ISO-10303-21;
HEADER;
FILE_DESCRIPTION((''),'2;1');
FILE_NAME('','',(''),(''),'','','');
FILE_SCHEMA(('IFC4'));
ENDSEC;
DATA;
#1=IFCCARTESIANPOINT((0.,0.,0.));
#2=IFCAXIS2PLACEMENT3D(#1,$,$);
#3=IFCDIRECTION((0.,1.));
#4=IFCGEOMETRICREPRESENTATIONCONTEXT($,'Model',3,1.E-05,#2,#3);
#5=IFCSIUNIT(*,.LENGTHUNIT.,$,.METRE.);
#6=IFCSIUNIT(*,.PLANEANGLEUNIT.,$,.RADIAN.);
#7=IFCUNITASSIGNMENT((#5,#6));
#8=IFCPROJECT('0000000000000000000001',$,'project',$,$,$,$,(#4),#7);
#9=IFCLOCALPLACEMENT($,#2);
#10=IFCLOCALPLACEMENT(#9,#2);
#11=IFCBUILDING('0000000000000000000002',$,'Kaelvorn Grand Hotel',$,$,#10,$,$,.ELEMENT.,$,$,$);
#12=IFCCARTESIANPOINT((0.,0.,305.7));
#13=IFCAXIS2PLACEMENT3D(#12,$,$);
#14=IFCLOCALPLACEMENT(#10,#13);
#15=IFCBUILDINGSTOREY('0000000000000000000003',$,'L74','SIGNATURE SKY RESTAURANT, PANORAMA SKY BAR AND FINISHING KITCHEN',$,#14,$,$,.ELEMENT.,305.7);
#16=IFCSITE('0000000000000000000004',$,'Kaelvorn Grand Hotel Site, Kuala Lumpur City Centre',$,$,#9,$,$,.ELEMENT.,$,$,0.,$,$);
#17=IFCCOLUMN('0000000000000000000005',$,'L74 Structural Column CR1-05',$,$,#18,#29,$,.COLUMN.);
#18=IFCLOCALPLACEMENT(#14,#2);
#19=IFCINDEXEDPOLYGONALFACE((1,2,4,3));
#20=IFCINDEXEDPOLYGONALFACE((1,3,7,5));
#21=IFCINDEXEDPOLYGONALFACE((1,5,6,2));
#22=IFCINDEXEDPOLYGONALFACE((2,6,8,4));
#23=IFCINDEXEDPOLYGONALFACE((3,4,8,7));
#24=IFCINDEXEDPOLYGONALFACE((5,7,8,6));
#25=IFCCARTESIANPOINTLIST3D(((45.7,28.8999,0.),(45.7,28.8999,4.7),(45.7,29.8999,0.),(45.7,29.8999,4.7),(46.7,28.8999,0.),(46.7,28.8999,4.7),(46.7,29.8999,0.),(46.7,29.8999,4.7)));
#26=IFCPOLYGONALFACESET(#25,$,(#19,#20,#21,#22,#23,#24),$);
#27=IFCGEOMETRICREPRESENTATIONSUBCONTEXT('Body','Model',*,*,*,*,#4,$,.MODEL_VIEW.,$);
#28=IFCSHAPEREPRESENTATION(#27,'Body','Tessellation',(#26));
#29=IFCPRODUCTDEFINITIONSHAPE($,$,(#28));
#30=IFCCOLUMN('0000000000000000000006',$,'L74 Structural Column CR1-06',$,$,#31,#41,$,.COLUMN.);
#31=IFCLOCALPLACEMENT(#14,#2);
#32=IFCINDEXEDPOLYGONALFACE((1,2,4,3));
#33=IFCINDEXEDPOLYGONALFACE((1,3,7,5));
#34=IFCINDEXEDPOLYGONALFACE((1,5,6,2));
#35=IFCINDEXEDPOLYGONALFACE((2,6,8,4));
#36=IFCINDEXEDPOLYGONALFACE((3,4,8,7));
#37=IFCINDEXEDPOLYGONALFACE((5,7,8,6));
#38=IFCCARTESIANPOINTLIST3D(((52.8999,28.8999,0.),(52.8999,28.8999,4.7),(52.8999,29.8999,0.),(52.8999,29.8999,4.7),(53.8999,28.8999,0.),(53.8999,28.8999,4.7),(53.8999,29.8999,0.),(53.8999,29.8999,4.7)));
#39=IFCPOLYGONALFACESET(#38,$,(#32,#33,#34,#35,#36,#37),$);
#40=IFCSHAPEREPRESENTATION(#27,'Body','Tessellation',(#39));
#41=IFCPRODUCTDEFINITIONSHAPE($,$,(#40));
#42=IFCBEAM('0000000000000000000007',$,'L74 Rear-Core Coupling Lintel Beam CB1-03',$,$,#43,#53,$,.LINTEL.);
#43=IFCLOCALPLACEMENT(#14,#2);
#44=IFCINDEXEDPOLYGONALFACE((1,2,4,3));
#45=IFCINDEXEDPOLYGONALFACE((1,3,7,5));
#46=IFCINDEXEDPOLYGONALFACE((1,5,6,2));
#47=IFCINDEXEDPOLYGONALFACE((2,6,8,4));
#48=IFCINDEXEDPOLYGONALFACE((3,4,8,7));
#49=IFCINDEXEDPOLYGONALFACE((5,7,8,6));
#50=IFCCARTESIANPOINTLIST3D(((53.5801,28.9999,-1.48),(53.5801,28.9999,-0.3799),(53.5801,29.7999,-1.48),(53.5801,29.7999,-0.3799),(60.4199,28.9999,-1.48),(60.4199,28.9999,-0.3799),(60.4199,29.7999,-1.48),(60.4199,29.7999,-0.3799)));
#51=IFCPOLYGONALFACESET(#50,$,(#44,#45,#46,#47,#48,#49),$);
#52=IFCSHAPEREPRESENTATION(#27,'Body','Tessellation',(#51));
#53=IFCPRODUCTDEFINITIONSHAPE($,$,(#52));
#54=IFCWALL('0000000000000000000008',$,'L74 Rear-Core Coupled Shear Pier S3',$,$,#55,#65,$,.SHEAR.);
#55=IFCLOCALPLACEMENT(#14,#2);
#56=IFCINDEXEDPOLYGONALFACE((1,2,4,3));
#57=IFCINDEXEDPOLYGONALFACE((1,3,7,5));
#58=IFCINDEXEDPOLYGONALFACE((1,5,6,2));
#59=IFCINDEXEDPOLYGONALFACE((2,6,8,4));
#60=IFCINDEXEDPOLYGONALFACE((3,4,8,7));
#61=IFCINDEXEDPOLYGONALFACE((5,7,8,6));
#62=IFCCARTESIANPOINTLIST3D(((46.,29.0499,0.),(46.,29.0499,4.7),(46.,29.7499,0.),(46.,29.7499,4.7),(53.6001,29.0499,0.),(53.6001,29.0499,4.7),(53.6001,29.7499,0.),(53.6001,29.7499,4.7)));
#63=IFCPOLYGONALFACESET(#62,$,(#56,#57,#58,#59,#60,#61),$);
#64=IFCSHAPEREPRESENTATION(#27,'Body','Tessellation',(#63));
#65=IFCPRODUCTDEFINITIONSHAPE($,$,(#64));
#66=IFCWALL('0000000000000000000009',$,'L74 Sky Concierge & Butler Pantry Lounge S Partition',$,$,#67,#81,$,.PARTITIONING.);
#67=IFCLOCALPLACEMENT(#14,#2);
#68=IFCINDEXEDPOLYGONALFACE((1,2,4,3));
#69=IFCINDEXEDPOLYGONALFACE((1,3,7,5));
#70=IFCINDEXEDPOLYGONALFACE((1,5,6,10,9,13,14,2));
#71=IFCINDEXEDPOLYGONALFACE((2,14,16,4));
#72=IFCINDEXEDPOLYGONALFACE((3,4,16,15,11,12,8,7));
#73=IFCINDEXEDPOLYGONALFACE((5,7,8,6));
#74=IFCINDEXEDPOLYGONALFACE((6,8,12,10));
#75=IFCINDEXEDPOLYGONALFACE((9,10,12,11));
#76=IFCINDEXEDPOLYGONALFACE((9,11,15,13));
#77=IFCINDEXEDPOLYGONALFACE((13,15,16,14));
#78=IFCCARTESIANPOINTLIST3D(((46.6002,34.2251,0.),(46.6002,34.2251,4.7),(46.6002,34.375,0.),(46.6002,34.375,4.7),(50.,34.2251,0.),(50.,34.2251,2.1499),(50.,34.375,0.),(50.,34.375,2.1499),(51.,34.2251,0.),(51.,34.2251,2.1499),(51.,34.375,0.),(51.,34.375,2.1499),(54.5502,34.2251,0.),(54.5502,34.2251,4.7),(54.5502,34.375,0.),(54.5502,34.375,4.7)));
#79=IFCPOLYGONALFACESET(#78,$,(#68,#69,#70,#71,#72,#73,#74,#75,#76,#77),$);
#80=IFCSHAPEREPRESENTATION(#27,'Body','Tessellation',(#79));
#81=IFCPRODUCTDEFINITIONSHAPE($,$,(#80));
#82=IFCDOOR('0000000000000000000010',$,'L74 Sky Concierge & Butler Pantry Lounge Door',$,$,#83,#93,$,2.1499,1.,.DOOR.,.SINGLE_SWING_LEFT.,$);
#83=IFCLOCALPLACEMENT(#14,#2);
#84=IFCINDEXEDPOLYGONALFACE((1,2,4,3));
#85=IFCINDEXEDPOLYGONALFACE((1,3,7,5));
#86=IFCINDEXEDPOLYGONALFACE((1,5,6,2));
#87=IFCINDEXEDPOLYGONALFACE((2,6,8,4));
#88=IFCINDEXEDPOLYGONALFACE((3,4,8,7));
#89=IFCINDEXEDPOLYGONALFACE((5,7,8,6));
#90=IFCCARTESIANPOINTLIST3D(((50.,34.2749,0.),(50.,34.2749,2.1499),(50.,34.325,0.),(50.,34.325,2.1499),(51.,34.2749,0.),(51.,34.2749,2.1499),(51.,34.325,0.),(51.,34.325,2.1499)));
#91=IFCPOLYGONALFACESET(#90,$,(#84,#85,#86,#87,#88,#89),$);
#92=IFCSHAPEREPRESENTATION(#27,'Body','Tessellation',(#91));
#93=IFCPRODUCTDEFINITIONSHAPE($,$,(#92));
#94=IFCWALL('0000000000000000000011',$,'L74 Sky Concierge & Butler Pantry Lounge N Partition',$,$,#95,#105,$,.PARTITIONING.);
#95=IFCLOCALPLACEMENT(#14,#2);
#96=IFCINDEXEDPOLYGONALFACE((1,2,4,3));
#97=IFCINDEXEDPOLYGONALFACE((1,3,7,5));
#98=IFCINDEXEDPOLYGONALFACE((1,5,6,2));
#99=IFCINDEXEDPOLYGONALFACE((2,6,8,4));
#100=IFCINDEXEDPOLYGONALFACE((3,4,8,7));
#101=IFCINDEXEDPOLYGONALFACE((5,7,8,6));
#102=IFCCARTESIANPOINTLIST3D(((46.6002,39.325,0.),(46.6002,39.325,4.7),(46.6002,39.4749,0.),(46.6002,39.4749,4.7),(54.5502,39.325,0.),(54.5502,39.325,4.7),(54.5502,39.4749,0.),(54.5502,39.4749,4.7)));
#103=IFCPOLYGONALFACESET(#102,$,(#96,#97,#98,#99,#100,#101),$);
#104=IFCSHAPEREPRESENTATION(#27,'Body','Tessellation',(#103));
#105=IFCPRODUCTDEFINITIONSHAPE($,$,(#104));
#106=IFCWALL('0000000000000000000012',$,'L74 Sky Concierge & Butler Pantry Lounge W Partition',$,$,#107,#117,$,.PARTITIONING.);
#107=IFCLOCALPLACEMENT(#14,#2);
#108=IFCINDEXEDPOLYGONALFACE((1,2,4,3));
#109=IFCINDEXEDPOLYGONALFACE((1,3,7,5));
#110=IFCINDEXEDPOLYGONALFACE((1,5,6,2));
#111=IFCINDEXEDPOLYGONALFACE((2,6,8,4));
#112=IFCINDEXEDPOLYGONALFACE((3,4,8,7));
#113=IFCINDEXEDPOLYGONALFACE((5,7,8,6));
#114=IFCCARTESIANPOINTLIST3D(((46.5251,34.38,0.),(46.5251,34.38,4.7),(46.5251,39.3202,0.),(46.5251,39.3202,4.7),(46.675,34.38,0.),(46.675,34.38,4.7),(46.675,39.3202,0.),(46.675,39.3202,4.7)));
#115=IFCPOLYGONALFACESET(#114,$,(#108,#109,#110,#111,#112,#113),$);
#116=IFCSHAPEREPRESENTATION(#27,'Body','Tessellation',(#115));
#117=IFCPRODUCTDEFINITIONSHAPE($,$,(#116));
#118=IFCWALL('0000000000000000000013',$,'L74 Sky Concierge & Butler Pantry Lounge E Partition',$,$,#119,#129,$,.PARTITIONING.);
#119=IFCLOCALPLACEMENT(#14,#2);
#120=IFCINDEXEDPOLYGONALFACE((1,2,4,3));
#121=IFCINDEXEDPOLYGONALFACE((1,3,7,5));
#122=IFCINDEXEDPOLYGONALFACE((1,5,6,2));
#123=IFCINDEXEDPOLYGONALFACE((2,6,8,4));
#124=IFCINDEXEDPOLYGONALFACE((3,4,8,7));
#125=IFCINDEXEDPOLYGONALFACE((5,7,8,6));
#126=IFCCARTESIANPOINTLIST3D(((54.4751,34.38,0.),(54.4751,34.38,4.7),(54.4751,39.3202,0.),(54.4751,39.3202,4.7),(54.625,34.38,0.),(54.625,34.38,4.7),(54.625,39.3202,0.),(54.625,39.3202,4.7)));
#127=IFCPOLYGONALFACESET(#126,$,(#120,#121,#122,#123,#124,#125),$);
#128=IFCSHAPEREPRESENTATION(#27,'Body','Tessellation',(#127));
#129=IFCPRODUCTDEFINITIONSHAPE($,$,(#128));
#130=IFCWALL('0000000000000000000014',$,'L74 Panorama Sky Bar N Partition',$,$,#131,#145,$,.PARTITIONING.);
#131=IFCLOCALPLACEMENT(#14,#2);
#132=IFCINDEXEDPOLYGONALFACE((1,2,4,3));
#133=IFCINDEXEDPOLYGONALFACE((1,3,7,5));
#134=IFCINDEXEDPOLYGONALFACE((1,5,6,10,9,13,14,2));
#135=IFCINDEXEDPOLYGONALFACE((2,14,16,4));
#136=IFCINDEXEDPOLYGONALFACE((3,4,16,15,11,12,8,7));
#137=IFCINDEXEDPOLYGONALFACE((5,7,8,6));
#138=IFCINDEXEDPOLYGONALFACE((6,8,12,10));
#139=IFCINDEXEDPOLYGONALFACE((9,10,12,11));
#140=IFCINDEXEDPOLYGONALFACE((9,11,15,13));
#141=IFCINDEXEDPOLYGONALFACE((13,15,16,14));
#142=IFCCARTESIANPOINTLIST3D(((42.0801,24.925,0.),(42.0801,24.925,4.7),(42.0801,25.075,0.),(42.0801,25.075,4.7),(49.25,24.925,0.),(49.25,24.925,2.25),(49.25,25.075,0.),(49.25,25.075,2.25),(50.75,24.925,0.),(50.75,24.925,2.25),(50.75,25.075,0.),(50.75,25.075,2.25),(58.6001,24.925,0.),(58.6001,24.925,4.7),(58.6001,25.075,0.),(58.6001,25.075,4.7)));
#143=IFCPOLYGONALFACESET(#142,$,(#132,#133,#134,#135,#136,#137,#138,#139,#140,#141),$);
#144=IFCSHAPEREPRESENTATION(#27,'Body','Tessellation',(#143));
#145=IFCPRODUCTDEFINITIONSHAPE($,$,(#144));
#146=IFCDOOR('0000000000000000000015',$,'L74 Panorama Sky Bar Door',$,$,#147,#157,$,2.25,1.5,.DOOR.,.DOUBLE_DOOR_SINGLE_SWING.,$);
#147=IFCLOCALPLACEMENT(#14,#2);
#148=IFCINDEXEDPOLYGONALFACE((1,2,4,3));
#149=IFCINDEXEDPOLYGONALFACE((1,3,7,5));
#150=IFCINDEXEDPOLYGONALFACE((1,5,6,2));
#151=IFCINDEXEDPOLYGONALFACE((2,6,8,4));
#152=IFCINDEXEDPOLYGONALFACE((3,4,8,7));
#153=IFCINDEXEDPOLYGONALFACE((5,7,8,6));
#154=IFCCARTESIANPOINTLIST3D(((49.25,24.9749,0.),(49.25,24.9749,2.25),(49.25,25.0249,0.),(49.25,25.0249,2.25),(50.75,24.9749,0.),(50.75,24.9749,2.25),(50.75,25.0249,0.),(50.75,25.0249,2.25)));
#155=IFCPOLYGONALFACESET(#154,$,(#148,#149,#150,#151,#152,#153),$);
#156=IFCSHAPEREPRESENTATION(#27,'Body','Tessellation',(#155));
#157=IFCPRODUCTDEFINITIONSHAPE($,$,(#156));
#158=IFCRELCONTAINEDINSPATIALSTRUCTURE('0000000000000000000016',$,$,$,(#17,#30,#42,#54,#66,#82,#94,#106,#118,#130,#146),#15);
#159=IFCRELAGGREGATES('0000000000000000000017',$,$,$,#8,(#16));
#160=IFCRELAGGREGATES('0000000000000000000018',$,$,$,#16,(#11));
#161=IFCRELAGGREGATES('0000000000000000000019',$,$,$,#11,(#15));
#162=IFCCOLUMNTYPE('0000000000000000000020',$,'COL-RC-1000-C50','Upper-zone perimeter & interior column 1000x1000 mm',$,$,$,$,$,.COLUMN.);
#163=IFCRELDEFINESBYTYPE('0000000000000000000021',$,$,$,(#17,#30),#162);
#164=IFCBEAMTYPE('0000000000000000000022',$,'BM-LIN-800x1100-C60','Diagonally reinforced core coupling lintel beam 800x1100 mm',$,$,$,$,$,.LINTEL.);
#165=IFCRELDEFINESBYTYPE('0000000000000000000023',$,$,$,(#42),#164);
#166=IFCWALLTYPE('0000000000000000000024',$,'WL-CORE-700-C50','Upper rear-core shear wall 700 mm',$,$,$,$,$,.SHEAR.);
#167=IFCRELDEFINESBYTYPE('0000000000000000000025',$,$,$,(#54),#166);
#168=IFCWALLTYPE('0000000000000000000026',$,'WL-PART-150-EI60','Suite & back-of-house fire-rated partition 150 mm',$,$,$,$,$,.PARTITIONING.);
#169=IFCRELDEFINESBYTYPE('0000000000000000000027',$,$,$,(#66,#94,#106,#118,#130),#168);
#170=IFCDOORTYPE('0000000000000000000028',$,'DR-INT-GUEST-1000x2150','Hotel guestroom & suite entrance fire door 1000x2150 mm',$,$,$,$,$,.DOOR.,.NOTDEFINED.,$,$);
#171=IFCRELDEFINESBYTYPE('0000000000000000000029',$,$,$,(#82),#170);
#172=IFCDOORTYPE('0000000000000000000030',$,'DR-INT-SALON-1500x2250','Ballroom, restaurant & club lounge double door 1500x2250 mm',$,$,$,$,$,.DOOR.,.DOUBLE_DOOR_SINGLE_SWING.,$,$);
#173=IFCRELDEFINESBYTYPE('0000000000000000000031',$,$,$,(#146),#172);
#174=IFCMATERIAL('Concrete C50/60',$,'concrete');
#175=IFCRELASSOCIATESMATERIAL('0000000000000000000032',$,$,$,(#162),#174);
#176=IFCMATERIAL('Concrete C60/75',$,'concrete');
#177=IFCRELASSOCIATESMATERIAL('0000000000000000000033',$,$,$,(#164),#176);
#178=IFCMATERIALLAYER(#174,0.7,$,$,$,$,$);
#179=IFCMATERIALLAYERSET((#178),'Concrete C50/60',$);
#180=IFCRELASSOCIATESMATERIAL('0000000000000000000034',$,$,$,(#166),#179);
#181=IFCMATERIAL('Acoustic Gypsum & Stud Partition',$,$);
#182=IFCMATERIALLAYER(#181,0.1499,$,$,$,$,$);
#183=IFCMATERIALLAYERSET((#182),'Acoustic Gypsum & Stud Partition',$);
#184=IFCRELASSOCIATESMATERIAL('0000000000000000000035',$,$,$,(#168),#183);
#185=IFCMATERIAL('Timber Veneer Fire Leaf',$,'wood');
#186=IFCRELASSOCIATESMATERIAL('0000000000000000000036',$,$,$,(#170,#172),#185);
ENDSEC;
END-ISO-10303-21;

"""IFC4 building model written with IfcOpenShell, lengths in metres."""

from ifc_helpers import new_model, si_unit, direction, frame, frame_2d, origin, origin_2d, place, context, subcontext, project, spatial, rectangle, extrude, material, layer, layer_set, material_profile, profile_set, type_object, element, fill, save


model = new_model("IFC4")

# Units and contexts
model_context = context("Model", 3, precision=1e-05, world=origin(), true_north=direction((0.0, 1.0)))
body_context = subcontext(model_context, "Body", "Model", "MODEL_VIEW")
ifc_project = project(units=[si_unit("LENGTHUNIT", "METRE"), si_unit("PLANEANGLEUNIT", "RADIAN")], contexts=[model_context])

# Site, building, storey
site_placement = place(None, origin())
site = spatial("IfcSite", under=ifc_project, at=site_placement, Name="Kaelvorn Grand Hotel Site, Kuala Lumpur City Centre", CompositionType="ELEMENT", RefElevation=0.0)
building_placement = place(site_placement, origin())
building = spatial("IfcBuilding", under=site, at=building_placement, Name="Kaelvorn Grand Hotel", CompositionType="ELEMENT")
storey_placement = place(building_placement, frame((0.0, 0.0, 305.7)))
storey = spatial("IfcBuildingStorey", under=building, at=storey_placement, Name="L74", Description="SIGNATURE SKY RESTAURANT, PANORAMA SKY BAR AND FINISHING KITCHEN", CompositionType="ELEMENT", Elevation=305.7)

# Columns
ifc_material_1 = material(Name="Concrete C50/60", Category="concrete")
ifc_material_profile_1 = material_profile(ifc_material_1, rectangle(XDim=1.0, YDim=1.0, at=origin_2d()), Name="RC COL 1000x1000")
ifc_profile_set_1 = profile_set([ifc_material_profile_1], Name="Concrete C50/60")
column_type = type_object("IfcColumnType", Name="COL-RC-1000-C50", Description="Upper-zone perimeter & interior column 1000x1000 mm", PredefinedType="COLUMN", material=ifc_profile_set_1)
for number, where, z_axis, x_axis, name in (
    (1, (46.2, 29.3999, 0.0), (0.0, 0.0, 1.0), (1.0, 0.0, 0.0), "L74 Structural Column CR1-05"),
    (2, (53.3999, 29.3999, 0.0), (0.0, 0.0, 1.0), (1.0, 0.0, 0.0), "L74 Structural Column CR1-06"),
):
    element("IfcColumn", number, at=place(storey_placement, frame(where, z_axis=z_axis, x_axis=x_axis)), inside=storey, type_object=column_type, Name=name, PredefinedType="COLUMN", context=body_context, shape_type="SweptSolid", body=[
        extrude(rectangle(XDim=1.0, YDim=1.0, at=origin_2d()), origin(), (0.0, 0.0, 1.0), 4.7),
    ])

# Beam
ifc_material_2 = material(Name="Concrete C60/75", Category="concrete")
ifc_material_profile_2 = material_profile(ifc_material_2, rectangle(XDim=0.8, YDim=1.1001, at=origin_2d()), Name="RC LINTEL 800x1100")
ifc_profile_set_2 = profile_set([ifc_material_profile_2], Name="Concrete C60/75")
beam_type = type_object("IfcBeamType", Name="BM-LIN-800x1100-C60", Description="Diagonally reinforced core coupling lintel beam 800x1100 mm", PredefinedType="LINTEL", material=ifc_profile_set_2)
beam_placement = place(storey_placement, frame((53.5801, 29.3999, -0.9299), z_axis=(1.0, 0.0, 0.0), x_axis=(0.0, 1.0, 0.0)))
element("IfcBeam", 3, at=beam_placement, inside=storey, type_object=beam_type, Name="L74 Rear-Core Coupling Lintel Beam CB1-03", PredefinedType="LINTEL", context=body_context, shape_type="SweptSolid", body=[
    extrude(rectangle(XDim=0.8, YDim=1.1001, at=origin_2d()), origin(), (0.0, 0.0, 1.0), 6.8398),
])

# Wall
ifc_layer_1 = layer(ifc_material_1, 0.7)
ifc_layer_set_1 = layer_set([ifc_layer_1], Name="Concrete C50/60")
wall_type_1 = type_object("IfcWallType", Name="WL-CORE-700-C50", Description="Upper rear-core shear wall 700 mm", PredefinedType="SHEAR", material=ifc_layer_set_1)
wall_1_placement = place(storey_placement, frame((46.0, 29.3999, 0.0), z_axis=(0.0, 0.0, 1.0), x_axis=(1.0, 0.0, 0.0)))
element("IfcWall", 4, at=wall_1_placement, inside=storey, type_object=wall_type_1, Name="L74 Rear-Core Coupled Shear Pier S3", PredefinedType="SHEAR", context=body_context, shape_type="SweptSolid", body=[
    extrude(rectangle(XDim=7.6001, YDim=0.7, at=frame_2d((3.8, 0.0))), origin(), (0.0, 0.0, 1.0), 4.7),
])

# Wall, opening, door
ifc_material_3 = material(Name="Acoustic Gypsum & Stud Partition")
ifc_layer_2 = layer(ifc_material_3, 0.1499)
ifc_layer_set_2 = layer_set([ifc_layer_2], Name="Acoustic Gypsum & Stud Partition")
wall_type_2 = type_object("IfcWallType", Name="WL-PART-150-EI60", Description="Suite & back-of-house fire-rated partition 150 mm", PredefinedType="PARTITIONING", material=ifc_layer_set_2)
wall_2_placement = place(storey_placement, frame((46.6001, 34.3, 0.0), z_axis=(0.0, 0.0, 1.0), x_axis=(1.0, 0.0, 0.0)))
wall_2 = element("IfcWall", 5, at=wall_2_placement, inside=storey, type_object=wall_type_2, Name="L74 Sky Concierge & Butler Pantry Lounge S Partition", PredefinedType="PARTITIONING", context=body_context, shape_type="SweptSolid", body=[
    extrude(rectangle(XDim=7.95, YDim=0.1499, at=frame_2d((3.9751, 0.0))), origin(), (0.0, 0.0, 1.0), 4.7),
])
opening_1_placement = place(wall_2_placement, frame((3.3999, 0.0, 0.0)))
opening_1 = element("IfcOpeningElement", 6, at=opening_1_placement, cuts=wall_2, PredefinedType="OPENING", context=body_context, shape_type="SweptSolid", body=[
    extrude(rectangle(XDim=1.0, YDim=2.1499, at=frame_2d((0.5, 1.075))), frame((0.0, 0.085, 0.0), z_axis=(0.0, -1.0, 0.0), x_axis=(1.0, 0.0, 0.0)), (0.0, 0.0, 1.0), 0.1699),
])
ifc_material_4 = material(Name="Timber Veneer Fire Leaf", Category="wood")
door_type_1 = type_object("IfcDoorType", Name="DR-INT-GUEST-1000x2150", Description="Hotel guestroom & suite entrance fire door 1000x2150 mm", OperationType="NOTDEFINED", PredefinedType="DOOR", material=ifc_material_4)
door_1_placement = place(opening_1_placement, origin())
door_1 = element("IfcDoor", 7, at=door_1_placement, inside=storey, type_object=door_type_1, Name="L74 Sky Concierge & Butler Pantry Lounge Door", OperationType="SINGLE_SWING_LEFT", OverallHeight=2.1499, OverallWidth=1.0, PredefinedType="DOOR", context=body_context, shape_type="SweptSolid", body=[
    extrude(rectangle(XDim=1.0, YDim=2.1499, at=frame_2d((0.5, 1.075))), frame((0.0, 0.0249, 0.0), z_axis=(0.0, -1.0, 0.0), x_axis=(1.0, 0.0, 0.0)), (0.0, 0.0, 1.0), 0.05),
])
fill(opening_1, door_1)

# Walls
wall_3_placement = place(storey_placement, frame((46.6001, 39.3999, 0.0), z_axis=(0.0, 0.0, 1.0), x_axis=(1.0, 0.0, 0.0)))
element("IfcWall", 8, at=wall_3_placement, inside=storey, type_object=wall_type_2, Name="L74 Sky Concierge & Butler Pantry Lounge N Partition", PredefinedType="PARTITIONING", context=body_context, shape_type="SweptSolid", body=[
    extrude(rectangle(XDim=7.95, YDim=0.1499, at=frame_2d((3.9751, 0.0))), origin(), (0.0, 0.0, 1.0), 4.7),
])
for number, where, z_axis, x_axis, name in (
    (9, (46.6001, 34.3799, 0.0), (0.0, 0.0, 1.0), (0.0, 1.0, 0.0), "L74 Sky Concierge & Butler Pantry Lounge W Partition"),
    (10, (54.55, 34.3799, 0.0), (0.0, 0.0, 1.0), (0.0, 1.0, 0.0), "L74 Sky Concierge & Butler Pantry Lounge E Partition"),
):
    element("IfcWall", number, at=place(storey_placement, frame(where, z_axis=z_axis, x_axis=x_axis)), inside=storey, type_object=wall_type_2, Name=name, PredefinedType="PARTITIONING", context=body_context, shape_type="SweptSolid", body=[
        extrude(rectangle(XDim=4.9402, YDim=0.1499, at=frame_2d((2.4702, 0.0))), origin(), (0.0, 0.0, 1.0), 4.7),
    ])

# Wall, opening, door
wall_4_placement = place(storey_placement, frame((42.0801, 25.0, 0.0), z_axis=(0.0, 0.0, 1.0), x_axis=(1.0, 0.0, 0.0)))
wall_4 = element("IfcWall", 11, at=wall_4_placement, inside=storey, type_object=wall_type_2, Name="L74 Panorama Sky Bar N Partition", PredefinedType="PARTITIONING", context=body_context, shape_type="SweptSolid", body=[
    extrude(rectangle(XDim=16.52, YDim=0.1499, at=frame_2d((8.26, 0.0))), origin(), (0.0, 0.0, 1.0), 4.7),
])
opening_2_placement = place(wall_4_placement, frame((7.1699, 0.0, 0.0)))
opening_2 = element("IfcOpeningElement", 12, at=opening_2_placement, cuts=wall_4, PredefinedType="OPENING", context=body_context, shape_type="SweptSolid", body=[
    extrude(rectangle(XDim=1.5, YDim=2.25, at=frame_2d((0.75, 1.125))), frame((0.0, 0.085, 0.0), z_axis=(0.0, -1.0, 0.0), x_axis=(1.0, 0.0, 0.0)), (0.0, 0.0, 1.0), 0.1699),
])
door_type_2 = type_object("IfcDoorType", Name="DR-INT-SALON-1500x2250", Description="Ballroom, restaurant & club lounge double door 1500x2250 mm", OperationType="DOUBLE_DOOR_SINGLE_SWING", PredefinedType="DOOR", material=ifc_material_4)
door_2_placement = place(opening_2_placement, origin())
door_2 = element("IfcDoor", 13, at=door_2_placement, inside=storey, type_object=door_type_2, Name="L74 Panorama Sky Bar Door", OperationType="DOUBLE_DOOR_SINGLE_SWING", OverallHeight=2.25, OverallWidth=1.5, PredefinedType="DOOR", context=body_context, shape_type="SweptSolid", body=[
    extrude(rectangle(XDim=1.5, YDim=2.25, at=frame_2d((0.75, 1.125))), frame((0.0, 0.0249, 0.0), z_axis=(0.0, -1.0, 0.0), x_axis=(1.0, 0.0, 0.0)), (0.0, 0.0, 1.0), 0.05),
])
fill(opening_2, door_2)

save(model, "model.ifc")
